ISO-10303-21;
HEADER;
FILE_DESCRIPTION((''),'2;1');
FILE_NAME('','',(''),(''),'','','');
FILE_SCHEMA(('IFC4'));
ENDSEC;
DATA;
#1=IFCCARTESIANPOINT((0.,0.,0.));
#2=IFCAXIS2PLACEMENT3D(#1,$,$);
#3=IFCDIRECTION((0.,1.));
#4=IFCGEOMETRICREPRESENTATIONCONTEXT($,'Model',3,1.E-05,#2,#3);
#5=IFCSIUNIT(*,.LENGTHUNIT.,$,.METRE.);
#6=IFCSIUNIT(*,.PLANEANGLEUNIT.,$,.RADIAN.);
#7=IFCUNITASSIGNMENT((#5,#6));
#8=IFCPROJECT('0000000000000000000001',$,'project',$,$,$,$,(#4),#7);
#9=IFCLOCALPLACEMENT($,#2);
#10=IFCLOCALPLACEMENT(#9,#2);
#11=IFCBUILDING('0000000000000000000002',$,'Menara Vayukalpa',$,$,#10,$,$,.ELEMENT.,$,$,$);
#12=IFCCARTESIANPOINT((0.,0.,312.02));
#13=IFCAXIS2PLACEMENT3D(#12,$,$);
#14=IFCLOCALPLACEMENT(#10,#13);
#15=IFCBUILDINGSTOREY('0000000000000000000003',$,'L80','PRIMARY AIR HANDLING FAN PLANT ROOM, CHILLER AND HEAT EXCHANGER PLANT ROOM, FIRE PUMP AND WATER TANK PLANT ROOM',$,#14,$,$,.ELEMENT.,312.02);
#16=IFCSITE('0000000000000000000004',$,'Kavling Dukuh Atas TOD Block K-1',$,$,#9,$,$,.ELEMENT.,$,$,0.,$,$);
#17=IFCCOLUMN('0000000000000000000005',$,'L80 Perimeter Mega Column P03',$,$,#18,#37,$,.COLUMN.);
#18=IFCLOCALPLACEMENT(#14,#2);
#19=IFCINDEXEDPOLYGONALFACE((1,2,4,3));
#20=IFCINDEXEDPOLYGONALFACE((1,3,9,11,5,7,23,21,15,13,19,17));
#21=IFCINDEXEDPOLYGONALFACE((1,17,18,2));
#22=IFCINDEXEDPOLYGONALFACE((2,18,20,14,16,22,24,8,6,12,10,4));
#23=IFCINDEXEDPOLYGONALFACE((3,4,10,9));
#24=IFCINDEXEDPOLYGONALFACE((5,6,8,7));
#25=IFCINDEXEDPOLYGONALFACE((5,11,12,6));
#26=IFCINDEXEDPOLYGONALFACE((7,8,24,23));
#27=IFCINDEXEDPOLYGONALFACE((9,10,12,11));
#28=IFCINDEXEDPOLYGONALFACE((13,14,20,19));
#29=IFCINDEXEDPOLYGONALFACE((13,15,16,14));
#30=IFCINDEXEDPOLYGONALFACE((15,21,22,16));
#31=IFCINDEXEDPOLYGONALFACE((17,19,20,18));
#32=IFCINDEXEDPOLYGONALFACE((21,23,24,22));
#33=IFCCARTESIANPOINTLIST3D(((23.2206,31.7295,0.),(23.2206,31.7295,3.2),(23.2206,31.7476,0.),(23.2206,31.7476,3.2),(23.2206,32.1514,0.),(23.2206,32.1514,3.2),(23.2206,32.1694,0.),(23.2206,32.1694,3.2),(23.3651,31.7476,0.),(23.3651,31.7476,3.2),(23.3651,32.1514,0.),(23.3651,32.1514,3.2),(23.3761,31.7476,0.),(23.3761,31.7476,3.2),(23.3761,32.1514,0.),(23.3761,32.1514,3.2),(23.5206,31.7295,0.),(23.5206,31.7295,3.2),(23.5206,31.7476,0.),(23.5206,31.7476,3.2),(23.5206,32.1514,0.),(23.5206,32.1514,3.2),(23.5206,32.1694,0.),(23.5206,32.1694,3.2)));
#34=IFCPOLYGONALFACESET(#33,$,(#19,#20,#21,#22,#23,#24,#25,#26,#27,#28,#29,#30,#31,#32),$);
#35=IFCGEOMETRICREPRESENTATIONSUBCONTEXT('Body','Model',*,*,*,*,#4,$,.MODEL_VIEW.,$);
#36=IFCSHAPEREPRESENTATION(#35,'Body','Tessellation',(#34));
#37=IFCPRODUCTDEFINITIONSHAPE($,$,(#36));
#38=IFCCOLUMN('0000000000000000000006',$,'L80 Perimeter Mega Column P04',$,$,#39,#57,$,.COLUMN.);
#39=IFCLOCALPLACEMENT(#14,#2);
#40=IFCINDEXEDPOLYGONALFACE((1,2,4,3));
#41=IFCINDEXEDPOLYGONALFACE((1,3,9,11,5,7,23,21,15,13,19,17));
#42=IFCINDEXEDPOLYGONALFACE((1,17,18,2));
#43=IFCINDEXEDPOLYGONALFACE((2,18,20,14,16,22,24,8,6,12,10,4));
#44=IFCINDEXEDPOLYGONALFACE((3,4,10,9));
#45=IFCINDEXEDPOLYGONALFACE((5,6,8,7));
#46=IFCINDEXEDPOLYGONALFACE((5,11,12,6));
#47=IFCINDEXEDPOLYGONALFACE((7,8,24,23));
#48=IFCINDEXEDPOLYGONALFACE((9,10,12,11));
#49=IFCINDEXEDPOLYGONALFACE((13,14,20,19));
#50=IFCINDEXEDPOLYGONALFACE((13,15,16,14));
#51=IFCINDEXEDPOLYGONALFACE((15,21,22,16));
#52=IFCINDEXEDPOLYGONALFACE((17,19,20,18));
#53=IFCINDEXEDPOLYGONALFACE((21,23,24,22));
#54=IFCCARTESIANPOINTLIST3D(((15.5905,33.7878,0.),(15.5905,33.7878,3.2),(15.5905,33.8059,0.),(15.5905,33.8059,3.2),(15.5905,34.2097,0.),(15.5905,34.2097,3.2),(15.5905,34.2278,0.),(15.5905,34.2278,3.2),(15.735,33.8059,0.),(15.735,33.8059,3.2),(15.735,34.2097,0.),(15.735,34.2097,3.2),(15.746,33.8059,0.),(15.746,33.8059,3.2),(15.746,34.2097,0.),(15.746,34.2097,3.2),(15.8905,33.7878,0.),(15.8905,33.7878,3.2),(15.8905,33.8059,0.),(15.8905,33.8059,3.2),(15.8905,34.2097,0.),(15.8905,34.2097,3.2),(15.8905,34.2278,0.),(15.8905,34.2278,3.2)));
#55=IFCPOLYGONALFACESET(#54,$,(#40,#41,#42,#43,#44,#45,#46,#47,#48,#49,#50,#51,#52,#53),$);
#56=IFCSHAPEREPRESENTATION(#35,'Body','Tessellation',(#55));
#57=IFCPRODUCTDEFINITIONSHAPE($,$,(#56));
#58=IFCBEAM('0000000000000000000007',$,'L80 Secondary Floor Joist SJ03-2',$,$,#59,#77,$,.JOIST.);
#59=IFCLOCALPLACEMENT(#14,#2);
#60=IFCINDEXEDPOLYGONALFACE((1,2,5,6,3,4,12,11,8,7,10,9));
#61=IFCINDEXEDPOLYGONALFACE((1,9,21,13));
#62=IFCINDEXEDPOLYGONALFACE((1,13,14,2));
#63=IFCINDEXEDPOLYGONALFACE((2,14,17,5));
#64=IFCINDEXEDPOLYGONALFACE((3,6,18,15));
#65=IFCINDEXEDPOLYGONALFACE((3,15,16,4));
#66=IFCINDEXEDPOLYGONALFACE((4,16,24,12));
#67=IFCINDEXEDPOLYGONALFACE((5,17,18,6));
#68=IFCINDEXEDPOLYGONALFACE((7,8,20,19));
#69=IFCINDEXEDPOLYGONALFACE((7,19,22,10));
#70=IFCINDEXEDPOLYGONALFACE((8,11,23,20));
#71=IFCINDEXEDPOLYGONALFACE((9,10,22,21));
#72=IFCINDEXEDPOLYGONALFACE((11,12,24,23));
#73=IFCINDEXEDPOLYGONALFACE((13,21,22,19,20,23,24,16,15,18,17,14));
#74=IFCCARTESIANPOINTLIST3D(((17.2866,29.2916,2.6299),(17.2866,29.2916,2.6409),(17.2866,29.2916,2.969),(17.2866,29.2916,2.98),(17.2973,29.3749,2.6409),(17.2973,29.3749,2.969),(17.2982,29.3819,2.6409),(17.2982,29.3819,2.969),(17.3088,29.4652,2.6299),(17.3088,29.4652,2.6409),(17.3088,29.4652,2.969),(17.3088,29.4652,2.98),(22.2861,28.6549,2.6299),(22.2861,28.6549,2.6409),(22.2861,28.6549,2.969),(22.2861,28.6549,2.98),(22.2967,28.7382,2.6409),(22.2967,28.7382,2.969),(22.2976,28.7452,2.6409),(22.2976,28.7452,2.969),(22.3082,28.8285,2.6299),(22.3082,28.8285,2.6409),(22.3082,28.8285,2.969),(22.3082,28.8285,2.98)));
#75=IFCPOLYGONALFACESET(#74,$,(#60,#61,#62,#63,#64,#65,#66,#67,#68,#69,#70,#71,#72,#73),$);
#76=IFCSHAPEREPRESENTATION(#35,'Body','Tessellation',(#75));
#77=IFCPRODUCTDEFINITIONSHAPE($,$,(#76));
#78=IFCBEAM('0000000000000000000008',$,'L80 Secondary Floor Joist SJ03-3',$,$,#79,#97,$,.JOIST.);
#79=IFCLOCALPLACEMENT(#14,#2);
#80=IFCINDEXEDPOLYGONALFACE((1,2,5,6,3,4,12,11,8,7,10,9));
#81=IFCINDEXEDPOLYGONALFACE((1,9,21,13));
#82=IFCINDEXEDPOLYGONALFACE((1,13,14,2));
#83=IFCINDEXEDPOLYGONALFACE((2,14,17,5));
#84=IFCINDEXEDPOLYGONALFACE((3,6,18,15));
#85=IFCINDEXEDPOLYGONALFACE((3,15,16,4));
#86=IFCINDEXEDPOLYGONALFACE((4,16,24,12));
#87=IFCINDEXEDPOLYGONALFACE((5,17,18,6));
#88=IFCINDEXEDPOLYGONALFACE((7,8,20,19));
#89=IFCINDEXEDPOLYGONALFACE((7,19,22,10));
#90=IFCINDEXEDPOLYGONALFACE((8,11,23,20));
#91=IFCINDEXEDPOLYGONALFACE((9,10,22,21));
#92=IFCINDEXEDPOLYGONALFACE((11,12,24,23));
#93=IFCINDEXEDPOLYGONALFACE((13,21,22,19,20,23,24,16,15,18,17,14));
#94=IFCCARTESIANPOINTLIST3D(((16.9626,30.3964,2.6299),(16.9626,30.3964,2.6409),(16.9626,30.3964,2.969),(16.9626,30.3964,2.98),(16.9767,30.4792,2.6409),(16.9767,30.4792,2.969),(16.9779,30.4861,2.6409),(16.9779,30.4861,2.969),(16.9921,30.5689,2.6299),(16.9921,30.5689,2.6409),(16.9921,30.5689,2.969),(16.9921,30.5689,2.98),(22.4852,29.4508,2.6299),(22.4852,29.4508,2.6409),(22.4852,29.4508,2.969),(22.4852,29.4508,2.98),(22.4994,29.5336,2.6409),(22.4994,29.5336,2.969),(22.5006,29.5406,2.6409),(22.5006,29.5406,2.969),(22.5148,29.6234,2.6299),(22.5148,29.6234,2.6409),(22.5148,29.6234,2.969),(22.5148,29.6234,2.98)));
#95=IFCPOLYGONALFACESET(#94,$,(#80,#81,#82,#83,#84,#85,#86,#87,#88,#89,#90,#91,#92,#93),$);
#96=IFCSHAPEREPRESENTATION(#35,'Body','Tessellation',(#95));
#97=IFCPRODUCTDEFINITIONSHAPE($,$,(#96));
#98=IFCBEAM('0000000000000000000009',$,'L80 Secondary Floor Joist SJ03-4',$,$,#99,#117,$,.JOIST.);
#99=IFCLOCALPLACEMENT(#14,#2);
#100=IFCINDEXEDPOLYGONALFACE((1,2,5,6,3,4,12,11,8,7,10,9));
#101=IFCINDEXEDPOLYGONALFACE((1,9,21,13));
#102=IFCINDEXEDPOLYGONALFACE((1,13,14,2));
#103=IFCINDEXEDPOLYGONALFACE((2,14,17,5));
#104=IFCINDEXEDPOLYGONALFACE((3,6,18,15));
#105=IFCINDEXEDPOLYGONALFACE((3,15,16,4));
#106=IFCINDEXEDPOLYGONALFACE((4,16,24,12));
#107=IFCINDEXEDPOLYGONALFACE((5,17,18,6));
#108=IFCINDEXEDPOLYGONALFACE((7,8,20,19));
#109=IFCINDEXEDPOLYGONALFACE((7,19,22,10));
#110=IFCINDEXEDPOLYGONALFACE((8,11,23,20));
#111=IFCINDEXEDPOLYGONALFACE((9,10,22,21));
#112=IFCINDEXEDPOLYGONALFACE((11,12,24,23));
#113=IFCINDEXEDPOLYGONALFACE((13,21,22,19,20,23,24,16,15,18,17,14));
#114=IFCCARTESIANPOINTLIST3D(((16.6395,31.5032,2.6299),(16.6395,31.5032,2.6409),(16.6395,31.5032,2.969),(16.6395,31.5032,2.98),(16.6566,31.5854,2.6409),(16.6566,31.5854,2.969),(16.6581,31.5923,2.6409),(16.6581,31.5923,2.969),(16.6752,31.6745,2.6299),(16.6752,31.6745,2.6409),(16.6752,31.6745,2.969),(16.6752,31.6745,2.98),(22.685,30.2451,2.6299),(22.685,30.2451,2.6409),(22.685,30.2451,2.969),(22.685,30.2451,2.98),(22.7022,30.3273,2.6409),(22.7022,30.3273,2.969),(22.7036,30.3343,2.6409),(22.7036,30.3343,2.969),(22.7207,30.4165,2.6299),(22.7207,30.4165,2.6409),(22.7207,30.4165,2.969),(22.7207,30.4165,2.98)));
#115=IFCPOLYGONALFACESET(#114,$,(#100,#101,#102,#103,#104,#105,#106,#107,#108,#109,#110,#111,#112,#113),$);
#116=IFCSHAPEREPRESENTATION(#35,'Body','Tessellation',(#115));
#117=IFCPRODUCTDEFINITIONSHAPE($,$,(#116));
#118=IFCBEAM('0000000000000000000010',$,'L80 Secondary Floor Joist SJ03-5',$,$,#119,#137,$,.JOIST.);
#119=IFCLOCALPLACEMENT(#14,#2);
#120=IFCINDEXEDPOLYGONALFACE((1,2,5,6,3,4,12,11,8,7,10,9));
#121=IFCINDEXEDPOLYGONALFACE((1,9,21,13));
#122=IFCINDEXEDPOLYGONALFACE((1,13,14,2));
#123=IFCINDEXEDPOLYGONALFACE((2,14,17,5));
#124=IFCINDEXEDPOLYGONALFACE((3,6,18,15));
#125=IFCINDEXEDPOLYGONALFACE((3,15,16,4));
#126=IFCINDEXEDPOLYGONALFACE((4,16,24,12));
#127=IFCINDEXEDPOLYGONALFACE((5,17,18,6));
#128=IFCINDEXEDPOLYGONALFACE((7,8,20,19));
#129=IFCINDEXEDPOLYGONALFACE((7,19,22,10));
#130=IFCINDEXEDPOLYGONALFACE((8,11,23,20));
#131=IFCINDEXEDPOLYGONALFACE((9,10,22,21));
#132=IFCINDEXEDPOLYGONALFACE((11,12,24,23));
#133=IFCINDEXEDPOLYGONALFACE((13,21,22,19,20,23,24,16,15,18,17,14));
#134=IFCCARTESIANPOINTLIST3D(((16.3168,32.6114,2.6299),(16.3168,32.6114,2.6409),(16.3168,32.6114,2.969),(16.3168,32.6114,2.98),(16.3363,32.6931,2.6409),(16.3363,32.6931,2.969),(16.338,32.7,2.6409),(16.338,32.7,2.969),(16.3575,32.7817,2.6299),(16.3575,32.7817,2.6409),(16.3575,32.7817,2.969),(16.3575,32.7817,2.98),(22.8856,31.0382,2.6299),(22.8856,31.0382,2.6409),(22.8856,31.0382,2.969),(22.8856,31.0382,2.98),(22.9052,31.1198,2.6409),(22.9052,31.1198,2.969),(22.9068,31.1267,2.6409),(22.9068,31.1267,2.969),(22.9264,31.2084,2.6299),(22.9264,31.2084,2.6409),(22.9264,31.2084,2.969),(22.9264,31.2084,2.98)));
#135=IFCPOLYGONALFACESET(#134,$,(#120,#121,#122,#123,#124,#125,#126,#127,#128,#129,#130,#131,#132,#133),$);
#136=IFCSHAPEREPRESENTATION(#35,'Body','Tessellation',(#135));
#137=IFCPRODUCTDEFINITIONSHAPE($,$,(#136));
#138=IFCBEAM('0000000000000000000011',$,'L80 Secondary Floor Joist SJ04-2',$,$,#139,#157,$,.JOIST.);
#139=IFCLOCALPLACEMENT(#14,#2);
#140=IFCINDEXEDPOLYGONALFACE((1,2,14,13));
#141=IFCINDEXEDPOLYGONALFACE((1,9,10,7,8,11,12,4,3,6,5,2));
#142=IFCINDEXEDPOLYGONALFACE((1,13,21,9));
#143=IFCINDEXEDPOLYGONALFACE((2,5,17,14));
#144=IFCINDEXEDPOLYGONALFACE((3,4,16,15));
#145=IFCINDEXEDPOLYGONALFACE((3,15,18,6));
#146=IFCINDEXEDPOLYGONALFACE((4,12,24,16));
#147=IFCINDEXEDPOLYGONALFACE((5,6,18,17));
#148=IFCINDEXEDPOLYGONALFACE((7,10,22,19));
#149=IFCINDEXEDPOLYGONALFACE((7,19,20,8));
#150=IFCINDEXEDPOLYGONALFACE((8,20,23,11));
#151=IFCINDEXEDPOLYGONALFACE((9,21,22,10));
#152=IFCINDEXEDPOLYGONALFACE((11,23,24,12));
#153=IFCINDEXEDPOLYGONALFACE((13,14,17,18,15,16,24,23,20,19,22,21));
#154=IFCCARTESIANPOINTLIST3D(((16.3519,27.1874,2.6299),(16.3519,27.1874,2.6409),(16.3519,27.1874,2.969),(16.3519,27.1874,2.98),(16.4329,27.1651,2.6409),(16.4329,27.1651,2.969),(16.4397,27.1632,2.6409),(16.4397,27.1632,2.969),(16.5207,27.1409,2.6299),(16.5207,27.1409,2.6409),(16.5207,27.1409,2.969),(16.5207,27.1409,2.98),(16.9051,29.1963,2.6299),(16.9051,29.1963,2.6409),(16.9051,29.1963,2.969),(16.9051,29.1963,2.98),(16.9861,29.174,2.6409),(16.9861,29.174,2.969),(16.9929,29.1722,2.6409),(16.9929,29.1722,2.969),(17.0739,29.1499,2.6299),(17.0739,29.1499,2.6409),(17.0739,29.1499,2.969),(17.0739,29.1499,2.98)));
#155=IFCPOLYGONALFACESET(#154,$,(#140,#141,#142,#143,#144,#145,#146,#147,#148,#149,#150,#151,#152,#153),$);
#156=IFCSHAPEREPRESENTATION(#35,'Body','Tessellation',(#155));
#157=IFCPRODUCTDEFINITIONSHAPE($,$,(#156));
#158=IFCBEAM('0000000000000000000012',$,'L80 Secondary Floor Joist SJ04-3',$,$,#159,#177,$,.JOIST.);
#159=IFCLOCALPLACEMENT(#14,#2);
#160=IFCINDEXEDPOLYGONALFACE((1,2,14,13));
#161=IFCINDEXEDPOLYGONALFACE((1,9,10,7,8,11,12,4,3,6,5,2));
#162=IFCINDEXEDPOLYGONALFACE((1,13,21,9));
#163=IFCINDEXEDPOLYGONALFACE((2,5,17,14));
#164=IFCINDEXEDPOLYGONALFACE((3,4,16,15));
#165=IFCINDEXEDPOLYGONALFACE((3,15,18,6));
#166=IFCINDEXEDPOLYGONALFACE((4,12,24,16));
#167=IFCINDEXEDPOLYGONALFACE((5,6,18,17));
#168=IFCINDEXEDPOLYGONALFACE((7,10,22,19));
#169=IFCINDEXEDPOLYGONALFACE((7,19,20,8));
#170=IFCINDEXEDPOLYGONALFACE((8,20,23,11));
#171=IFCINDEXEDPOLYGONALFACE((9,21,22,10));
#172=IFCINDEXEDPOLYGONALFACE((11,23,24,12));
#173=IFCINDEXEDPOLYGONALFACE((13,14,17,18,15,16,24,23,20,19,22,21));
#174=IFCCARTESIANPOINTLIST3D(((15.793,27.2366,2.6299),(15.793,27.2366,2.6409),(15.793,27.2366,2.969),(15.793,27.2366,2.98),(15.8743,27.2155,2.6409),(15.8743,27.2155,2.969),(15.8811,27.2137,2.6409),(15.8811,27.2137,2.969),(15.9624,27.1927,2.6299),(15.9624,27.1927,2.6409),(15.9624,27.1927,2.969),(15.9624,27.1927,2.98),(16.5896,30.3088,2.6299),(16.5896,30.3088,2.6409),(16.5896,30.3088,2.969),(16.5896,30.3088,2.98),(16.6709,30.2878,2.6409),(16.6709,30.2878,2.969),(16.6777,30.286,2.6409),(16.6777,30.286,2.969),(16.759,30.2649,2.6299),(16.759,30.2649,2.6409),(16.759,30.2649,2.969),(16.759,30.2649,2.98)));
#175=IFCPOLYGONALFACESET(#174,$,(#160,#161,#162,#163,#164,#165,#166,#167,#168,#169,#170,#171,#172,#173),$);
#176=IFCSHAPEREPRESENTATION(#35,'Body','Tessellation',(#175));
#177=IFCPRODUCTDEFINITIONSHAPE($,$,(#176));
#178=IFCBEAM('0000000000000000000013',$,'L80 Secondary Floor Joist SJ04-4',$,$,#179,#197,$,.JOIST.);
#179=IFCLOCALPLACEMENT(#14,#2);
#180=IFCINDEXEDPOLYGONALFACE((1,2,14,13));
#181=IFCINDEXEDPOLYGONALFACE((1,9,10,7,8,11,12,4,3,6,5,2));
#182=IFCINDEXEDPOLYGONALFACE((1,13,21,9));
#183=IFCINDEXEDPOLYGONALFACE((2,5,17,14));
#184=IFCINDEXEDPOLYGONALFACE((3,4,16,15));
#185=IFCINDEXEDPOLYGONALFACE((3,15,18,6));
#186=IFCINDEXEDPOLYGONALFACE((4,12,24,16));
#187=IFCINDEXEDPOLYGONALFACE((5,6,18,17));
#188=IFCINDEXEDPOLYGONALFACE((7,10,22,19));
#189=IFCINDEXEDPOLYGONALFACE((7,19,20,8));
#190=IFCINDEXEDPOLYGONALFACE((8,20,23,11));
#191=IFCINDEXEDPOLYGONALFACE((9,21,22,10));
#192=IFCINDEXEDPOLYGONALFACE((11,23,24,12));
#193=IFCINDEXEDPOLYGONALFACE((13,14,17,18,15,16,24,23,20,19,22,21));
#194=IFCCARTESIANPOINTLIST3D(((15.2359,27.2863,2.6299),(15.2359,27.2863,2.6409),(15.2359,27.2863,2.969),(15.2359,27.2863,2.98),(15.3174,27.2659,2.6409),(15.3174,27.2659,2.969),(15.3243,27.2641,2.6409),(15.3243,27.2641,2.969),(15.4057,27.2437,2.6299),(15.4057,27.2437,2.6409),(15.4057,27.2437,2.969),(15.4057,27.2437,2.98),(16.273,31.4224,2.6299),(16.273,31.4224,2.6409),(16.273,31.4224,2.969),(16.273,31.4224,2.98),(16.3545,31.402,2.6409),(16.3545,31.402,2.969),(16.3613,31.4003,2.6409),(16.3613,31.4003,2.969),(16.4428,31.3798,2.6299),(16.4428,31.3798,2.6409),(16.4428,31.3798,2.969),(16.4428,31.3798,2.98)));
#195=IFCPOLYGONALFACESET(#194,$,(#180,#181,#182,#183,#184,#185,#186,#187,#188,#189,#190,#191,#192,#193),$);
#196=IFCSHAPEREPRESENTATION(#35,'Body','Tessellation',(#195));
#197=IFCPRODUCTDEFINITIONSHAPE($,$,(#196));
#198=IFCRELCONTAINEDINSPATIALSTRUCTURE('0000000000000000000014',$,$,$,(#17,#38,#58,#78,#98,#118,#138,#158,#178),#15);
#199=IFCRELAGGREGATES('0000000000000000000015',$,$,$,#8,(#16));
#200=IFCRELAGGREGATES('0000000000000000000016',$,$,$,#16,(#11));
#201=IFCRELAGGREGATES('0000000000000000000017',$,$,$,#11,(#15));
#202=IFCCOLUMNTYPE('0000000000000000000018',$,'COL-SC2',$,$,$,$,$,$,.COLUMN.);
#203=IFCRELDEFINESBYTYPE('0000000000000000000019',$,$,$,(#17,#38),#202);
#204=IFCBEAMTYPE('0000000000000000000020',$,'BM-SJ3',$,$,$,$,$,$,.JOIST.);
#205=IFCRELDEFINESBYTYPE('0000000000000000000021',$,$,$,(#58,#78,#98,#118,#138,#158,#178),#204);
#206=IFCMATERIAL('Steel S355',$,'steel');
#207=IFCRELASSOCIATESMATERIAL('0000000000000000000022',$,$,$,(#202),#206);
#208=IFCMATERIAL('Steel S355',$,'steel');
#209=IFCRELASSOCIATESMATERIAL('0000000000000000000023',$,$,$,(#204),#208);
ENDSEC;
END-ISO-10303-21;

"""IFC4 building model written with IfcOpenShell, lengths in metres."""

from ifc_helpers import new_model, si_unit, direction, frame, origin, origin_2d, place, context, subcontext, project, spatial, i_section, extrude, material, material_profile, profile_set, type_object, element, save


model = new_model("IFC4")

# Units and contexts
model_context = context("Model", 3, precision=1e-05, world=origin(), true_north=direction((0.0, 1.0)))
body_context = subcontext(model_context, "Body", "Model", "MODEL_VIEW")
ifc_project = project(units=[si_unit("LENGTHUNIT", "METRE"), si_unit("PLANEANGLEUNIT", "RADIAN")], contexts=[model_context])

# Site, building, storey
site_placement = place(None, origin())
site = spatial("IfcSite", under=ifc_project, at=site_placement, Name="Kavling Dukuh Atas TOD Block K-1", CompositionType="ELEMENT", RefElevation=0.0)
building_placement = place(site_placement, origin())
building = spatial("IfcBuilding", under=site, at=building_placement, Name="Menara Vayukalpa", CompositionType="ELEMENT")
storey_placement = place(building_placement, frame((0.0, 0.0, 312.02)))
storey = spatial("IfcBuildingStorey", under=building, at=storey_placement, Name="L80", Description="PRIMARY AIR HANDLING FAN PLANT ROOM, CHILLER AND HEAT EXCHANGER PLANT ROOM, FIRE PUMP AND WATER TANK PLANT ROOM", CompositionType="ELEMENT", Elevation=312.02)

# Columns
ifc_material_1 = material(Name="Steel S355", Category="steel")
ifc_material_profile_1 = material_profile(ifc_material_1, i_section(OverallWidth=0.3, OverallDepth=0.4399, WebThickness=0.011, FlangeThickness=0.0181, at=origin_2d()), Name="H 440x300x11x18")
ifc_profile_set_1 = profile_set([ifc_material_profile_1], Name="Steel S355")
column_type = type_object("IfcColumnType", Name="COL-SC2", PredefinedType="COLUMN", material=ifc_profile_set_1)
for number, where, z_axis, x_axis, name in (
    (1, (23.3706, 31.9495, 0.0), (0.0, 0.0, 1.0), (1.0, 0.0, 0.0), "L80 Perimeter Mega Column P03"),
    (2, (15.7405, 34.0078, 0.0), (0.0, 0.0, 1.0), (1.0, 0.0, 0.0), "L80 Perimeter Mega Column P04"),
):
    element("IfcColumn", number, at=place(storey_placement, frame(where, z_axis=z_axis, x_axis=x_axis)), inside=storey, type_object=column_type, Name=name, PredefinedType="COLUMN", context=body_context, shape_type="SweptSolid", body=[
        extrude(i_section(OverallWidth=0.3, OverallDepth=0.4399, WebThickness=0.011, FlangeThickness=0.0181, at=origin_2d()), origin(), (0.0, 0.0, 1.0), 3.2),
    ])

# Beams
ifc_material_2 = material(Name="Steel S355", Category="steel")
ifc_material_profile_2 = material_profile(ifc_material_2, i_section(OverallWidth=0.175, OverallDepth=0.3501, WebThickness=0.0071, FlangeThickness=0.011, at=origin_2d()), Name="WF 350x175x7x11")
ifc_profile_set_2 = profile_set([ifc_material_profile_2], Name="Steel S355")
beam_type_1 = type_object("IfcBeamType", Name="BM-SJ3", PredefinedType="JOIST", material=ifc_profile_set_2)
beam_1_placement = place(storey_placement, frame((22.2971, 28.7417, 2.8049), z_axis=(-0.991988, 0.126336, 0.0), x_axis=(-0.126336, -0.991988, 0.0)))
element("IfcBeam", 3, at=beam_1_placement, inside=storey, type_object=beam_type_1, Name="L80 Secondary Floor Joist SJ03-2", PredefinedType="JOIST", context=body_context, shape_type="SweptSolid", body=[
    extrude(i_section(OverallWidth=0.175, OverallDepth=0.3501, WebThickness=0.0071, FlangeThickness=0.011, at=origin_2d()), origin(), (0.0, 0.0, 1.0), 5.0398),
])
beam_2_placement = place(storey_placement, frame((22.5, 29.5371, 2.8049), z_axis=(-0.985658, 0.168757, 0.0), x_axis=(-0.168757, -0.985658, 0.0)))
element("IfcBeam", 4, at=beam_2_placement, inside=storey, type_object=beam_type_1, Name="L80 Secondary Floor Joist SJ03-3", PredefinedType="JOIST", context=body_context, shape_type="SweptSolid", body=[
    extrude(i_section(OverallWidth=0.175, OverallDepth=0.3501, WebThickness=0.0071, FlangeThickness=0.011, at=origin_2d()), origin(), (0.0, 0.0, 1.0), 5.603),
])
beam_3_placement = place(storey_placement, frame((22.7029, 30.3308, 2.8049), z_axis=(-0.979027, 0.203728, 0.0), x_axis=(-0.203728, -0.979027, 0.0)))
element("IfcBeam", 5, at=beam_3_placement, inside=storey, type_object=beam_type_1, Name="L80 Secondary Floor Joist SJ03-4", PredefinedType="JOIST", context=body_context, shape_type="SweptSolid", body=[
    extrude(i_section(OverallWidth=0.175, OverallDepth=0.3501, WebThickness=0.0071, FlangeThickness=0.011, at=origin_2d()), origin(), (0.0, 0.0, 1.0), 6.175),
])
beam_4_placement = place(storey_placement, frame((22.906, 31.1233, 2.8049), z_axis=(-0.972497, 0.232914, 0.0), x_axis=(-0.232914, -0.972497, 0.0)))
element("IfcBeam", 6, at=beam_4_placement, inside=storey, type_object=beam_type_1, Name="L80 Secondary Floor Joist SJ03-5", PredefinedType="JOIST", context=body_context, shape_type="SweptSolid", body=[
    extrude(i_section(OverallWidth=0.175, OverallDepth=0.3501, WebThickness=0.0071, FlangeThickness=0.011, at=origin_2d()), origin(), (0.0, 0.0, 1.0), 6.7546),
])
beam_5_placement = place(storey_placement, frame((16.9895, 29.1731, 2.8049), z_axis=(-0.265486, -0.964115, 0.0), x_axis=(0.964115, -0.265486, 0.0)))
element("IfcBeam", 7, at=beam_5_placement, inside=storey, type_object=beam_type_1, Name="L80 Secondary Floor Joist SJ04-2", PredefinedType="JOIST", context=body_context, shape_type="SweptSolid", body=[
    extrude(i_section(OverallWidth=0.175, OverallDepth=0.3501, WebThickness=0.0071, FlangeThickness=0.011, at=origin_2d()), origin(), (0.0, 0.0, 1.0), 2.0837),
])
beam_6_placement = place(storey_placement, frame((16.6743, 30.2869, 2.8049), z_axis=(-0.250997, -0.967988, 0.0), x_axis=(0.967988, -0.250997, 0.0)))
element("IfcBeam", 8, at=beam_6_placement, inside=storey, type_object=beam_type_1, Name="L80 Secondary Floor Joist SJ04-3", PredefinedType="JOIST", context=body_context, shape_type="SweptSolid", body=[
    extrude(i_section(OverallWidth=0.175, OverallDepth=0.3501, WebThickness=0.0071, FlangeThickness=0.011, at=origin_2d()), origin(), (0.0, 0.0, 1.0), 3.1738),
])
beam_7_placement = place(storey_placement, frame((16.3579, 31.4011, 2.8049), z_axis=(-0.243209, -0.969974, 0.0), x_axis=(0.969974, -0.243209, 0.0)))
element("IfcBeam", 9, at=beam_7_placement, inside=storey, type_object=beam_type_1, Name="L80 Secondary Floor Joist SJ04-4", PredefinedType="JOIST", context=body_context, shape_type="SweptSolid", body=[
    extrude(i_section(OverallWidth=0.175, OverallDepth=0.3501, WebThickness=0.0071, FlangeThickness=0.011, at=origin_2d()), origin(), (0.0, 0.0, 1.0), 4.2642),
])

save(model, "model.ifc")
